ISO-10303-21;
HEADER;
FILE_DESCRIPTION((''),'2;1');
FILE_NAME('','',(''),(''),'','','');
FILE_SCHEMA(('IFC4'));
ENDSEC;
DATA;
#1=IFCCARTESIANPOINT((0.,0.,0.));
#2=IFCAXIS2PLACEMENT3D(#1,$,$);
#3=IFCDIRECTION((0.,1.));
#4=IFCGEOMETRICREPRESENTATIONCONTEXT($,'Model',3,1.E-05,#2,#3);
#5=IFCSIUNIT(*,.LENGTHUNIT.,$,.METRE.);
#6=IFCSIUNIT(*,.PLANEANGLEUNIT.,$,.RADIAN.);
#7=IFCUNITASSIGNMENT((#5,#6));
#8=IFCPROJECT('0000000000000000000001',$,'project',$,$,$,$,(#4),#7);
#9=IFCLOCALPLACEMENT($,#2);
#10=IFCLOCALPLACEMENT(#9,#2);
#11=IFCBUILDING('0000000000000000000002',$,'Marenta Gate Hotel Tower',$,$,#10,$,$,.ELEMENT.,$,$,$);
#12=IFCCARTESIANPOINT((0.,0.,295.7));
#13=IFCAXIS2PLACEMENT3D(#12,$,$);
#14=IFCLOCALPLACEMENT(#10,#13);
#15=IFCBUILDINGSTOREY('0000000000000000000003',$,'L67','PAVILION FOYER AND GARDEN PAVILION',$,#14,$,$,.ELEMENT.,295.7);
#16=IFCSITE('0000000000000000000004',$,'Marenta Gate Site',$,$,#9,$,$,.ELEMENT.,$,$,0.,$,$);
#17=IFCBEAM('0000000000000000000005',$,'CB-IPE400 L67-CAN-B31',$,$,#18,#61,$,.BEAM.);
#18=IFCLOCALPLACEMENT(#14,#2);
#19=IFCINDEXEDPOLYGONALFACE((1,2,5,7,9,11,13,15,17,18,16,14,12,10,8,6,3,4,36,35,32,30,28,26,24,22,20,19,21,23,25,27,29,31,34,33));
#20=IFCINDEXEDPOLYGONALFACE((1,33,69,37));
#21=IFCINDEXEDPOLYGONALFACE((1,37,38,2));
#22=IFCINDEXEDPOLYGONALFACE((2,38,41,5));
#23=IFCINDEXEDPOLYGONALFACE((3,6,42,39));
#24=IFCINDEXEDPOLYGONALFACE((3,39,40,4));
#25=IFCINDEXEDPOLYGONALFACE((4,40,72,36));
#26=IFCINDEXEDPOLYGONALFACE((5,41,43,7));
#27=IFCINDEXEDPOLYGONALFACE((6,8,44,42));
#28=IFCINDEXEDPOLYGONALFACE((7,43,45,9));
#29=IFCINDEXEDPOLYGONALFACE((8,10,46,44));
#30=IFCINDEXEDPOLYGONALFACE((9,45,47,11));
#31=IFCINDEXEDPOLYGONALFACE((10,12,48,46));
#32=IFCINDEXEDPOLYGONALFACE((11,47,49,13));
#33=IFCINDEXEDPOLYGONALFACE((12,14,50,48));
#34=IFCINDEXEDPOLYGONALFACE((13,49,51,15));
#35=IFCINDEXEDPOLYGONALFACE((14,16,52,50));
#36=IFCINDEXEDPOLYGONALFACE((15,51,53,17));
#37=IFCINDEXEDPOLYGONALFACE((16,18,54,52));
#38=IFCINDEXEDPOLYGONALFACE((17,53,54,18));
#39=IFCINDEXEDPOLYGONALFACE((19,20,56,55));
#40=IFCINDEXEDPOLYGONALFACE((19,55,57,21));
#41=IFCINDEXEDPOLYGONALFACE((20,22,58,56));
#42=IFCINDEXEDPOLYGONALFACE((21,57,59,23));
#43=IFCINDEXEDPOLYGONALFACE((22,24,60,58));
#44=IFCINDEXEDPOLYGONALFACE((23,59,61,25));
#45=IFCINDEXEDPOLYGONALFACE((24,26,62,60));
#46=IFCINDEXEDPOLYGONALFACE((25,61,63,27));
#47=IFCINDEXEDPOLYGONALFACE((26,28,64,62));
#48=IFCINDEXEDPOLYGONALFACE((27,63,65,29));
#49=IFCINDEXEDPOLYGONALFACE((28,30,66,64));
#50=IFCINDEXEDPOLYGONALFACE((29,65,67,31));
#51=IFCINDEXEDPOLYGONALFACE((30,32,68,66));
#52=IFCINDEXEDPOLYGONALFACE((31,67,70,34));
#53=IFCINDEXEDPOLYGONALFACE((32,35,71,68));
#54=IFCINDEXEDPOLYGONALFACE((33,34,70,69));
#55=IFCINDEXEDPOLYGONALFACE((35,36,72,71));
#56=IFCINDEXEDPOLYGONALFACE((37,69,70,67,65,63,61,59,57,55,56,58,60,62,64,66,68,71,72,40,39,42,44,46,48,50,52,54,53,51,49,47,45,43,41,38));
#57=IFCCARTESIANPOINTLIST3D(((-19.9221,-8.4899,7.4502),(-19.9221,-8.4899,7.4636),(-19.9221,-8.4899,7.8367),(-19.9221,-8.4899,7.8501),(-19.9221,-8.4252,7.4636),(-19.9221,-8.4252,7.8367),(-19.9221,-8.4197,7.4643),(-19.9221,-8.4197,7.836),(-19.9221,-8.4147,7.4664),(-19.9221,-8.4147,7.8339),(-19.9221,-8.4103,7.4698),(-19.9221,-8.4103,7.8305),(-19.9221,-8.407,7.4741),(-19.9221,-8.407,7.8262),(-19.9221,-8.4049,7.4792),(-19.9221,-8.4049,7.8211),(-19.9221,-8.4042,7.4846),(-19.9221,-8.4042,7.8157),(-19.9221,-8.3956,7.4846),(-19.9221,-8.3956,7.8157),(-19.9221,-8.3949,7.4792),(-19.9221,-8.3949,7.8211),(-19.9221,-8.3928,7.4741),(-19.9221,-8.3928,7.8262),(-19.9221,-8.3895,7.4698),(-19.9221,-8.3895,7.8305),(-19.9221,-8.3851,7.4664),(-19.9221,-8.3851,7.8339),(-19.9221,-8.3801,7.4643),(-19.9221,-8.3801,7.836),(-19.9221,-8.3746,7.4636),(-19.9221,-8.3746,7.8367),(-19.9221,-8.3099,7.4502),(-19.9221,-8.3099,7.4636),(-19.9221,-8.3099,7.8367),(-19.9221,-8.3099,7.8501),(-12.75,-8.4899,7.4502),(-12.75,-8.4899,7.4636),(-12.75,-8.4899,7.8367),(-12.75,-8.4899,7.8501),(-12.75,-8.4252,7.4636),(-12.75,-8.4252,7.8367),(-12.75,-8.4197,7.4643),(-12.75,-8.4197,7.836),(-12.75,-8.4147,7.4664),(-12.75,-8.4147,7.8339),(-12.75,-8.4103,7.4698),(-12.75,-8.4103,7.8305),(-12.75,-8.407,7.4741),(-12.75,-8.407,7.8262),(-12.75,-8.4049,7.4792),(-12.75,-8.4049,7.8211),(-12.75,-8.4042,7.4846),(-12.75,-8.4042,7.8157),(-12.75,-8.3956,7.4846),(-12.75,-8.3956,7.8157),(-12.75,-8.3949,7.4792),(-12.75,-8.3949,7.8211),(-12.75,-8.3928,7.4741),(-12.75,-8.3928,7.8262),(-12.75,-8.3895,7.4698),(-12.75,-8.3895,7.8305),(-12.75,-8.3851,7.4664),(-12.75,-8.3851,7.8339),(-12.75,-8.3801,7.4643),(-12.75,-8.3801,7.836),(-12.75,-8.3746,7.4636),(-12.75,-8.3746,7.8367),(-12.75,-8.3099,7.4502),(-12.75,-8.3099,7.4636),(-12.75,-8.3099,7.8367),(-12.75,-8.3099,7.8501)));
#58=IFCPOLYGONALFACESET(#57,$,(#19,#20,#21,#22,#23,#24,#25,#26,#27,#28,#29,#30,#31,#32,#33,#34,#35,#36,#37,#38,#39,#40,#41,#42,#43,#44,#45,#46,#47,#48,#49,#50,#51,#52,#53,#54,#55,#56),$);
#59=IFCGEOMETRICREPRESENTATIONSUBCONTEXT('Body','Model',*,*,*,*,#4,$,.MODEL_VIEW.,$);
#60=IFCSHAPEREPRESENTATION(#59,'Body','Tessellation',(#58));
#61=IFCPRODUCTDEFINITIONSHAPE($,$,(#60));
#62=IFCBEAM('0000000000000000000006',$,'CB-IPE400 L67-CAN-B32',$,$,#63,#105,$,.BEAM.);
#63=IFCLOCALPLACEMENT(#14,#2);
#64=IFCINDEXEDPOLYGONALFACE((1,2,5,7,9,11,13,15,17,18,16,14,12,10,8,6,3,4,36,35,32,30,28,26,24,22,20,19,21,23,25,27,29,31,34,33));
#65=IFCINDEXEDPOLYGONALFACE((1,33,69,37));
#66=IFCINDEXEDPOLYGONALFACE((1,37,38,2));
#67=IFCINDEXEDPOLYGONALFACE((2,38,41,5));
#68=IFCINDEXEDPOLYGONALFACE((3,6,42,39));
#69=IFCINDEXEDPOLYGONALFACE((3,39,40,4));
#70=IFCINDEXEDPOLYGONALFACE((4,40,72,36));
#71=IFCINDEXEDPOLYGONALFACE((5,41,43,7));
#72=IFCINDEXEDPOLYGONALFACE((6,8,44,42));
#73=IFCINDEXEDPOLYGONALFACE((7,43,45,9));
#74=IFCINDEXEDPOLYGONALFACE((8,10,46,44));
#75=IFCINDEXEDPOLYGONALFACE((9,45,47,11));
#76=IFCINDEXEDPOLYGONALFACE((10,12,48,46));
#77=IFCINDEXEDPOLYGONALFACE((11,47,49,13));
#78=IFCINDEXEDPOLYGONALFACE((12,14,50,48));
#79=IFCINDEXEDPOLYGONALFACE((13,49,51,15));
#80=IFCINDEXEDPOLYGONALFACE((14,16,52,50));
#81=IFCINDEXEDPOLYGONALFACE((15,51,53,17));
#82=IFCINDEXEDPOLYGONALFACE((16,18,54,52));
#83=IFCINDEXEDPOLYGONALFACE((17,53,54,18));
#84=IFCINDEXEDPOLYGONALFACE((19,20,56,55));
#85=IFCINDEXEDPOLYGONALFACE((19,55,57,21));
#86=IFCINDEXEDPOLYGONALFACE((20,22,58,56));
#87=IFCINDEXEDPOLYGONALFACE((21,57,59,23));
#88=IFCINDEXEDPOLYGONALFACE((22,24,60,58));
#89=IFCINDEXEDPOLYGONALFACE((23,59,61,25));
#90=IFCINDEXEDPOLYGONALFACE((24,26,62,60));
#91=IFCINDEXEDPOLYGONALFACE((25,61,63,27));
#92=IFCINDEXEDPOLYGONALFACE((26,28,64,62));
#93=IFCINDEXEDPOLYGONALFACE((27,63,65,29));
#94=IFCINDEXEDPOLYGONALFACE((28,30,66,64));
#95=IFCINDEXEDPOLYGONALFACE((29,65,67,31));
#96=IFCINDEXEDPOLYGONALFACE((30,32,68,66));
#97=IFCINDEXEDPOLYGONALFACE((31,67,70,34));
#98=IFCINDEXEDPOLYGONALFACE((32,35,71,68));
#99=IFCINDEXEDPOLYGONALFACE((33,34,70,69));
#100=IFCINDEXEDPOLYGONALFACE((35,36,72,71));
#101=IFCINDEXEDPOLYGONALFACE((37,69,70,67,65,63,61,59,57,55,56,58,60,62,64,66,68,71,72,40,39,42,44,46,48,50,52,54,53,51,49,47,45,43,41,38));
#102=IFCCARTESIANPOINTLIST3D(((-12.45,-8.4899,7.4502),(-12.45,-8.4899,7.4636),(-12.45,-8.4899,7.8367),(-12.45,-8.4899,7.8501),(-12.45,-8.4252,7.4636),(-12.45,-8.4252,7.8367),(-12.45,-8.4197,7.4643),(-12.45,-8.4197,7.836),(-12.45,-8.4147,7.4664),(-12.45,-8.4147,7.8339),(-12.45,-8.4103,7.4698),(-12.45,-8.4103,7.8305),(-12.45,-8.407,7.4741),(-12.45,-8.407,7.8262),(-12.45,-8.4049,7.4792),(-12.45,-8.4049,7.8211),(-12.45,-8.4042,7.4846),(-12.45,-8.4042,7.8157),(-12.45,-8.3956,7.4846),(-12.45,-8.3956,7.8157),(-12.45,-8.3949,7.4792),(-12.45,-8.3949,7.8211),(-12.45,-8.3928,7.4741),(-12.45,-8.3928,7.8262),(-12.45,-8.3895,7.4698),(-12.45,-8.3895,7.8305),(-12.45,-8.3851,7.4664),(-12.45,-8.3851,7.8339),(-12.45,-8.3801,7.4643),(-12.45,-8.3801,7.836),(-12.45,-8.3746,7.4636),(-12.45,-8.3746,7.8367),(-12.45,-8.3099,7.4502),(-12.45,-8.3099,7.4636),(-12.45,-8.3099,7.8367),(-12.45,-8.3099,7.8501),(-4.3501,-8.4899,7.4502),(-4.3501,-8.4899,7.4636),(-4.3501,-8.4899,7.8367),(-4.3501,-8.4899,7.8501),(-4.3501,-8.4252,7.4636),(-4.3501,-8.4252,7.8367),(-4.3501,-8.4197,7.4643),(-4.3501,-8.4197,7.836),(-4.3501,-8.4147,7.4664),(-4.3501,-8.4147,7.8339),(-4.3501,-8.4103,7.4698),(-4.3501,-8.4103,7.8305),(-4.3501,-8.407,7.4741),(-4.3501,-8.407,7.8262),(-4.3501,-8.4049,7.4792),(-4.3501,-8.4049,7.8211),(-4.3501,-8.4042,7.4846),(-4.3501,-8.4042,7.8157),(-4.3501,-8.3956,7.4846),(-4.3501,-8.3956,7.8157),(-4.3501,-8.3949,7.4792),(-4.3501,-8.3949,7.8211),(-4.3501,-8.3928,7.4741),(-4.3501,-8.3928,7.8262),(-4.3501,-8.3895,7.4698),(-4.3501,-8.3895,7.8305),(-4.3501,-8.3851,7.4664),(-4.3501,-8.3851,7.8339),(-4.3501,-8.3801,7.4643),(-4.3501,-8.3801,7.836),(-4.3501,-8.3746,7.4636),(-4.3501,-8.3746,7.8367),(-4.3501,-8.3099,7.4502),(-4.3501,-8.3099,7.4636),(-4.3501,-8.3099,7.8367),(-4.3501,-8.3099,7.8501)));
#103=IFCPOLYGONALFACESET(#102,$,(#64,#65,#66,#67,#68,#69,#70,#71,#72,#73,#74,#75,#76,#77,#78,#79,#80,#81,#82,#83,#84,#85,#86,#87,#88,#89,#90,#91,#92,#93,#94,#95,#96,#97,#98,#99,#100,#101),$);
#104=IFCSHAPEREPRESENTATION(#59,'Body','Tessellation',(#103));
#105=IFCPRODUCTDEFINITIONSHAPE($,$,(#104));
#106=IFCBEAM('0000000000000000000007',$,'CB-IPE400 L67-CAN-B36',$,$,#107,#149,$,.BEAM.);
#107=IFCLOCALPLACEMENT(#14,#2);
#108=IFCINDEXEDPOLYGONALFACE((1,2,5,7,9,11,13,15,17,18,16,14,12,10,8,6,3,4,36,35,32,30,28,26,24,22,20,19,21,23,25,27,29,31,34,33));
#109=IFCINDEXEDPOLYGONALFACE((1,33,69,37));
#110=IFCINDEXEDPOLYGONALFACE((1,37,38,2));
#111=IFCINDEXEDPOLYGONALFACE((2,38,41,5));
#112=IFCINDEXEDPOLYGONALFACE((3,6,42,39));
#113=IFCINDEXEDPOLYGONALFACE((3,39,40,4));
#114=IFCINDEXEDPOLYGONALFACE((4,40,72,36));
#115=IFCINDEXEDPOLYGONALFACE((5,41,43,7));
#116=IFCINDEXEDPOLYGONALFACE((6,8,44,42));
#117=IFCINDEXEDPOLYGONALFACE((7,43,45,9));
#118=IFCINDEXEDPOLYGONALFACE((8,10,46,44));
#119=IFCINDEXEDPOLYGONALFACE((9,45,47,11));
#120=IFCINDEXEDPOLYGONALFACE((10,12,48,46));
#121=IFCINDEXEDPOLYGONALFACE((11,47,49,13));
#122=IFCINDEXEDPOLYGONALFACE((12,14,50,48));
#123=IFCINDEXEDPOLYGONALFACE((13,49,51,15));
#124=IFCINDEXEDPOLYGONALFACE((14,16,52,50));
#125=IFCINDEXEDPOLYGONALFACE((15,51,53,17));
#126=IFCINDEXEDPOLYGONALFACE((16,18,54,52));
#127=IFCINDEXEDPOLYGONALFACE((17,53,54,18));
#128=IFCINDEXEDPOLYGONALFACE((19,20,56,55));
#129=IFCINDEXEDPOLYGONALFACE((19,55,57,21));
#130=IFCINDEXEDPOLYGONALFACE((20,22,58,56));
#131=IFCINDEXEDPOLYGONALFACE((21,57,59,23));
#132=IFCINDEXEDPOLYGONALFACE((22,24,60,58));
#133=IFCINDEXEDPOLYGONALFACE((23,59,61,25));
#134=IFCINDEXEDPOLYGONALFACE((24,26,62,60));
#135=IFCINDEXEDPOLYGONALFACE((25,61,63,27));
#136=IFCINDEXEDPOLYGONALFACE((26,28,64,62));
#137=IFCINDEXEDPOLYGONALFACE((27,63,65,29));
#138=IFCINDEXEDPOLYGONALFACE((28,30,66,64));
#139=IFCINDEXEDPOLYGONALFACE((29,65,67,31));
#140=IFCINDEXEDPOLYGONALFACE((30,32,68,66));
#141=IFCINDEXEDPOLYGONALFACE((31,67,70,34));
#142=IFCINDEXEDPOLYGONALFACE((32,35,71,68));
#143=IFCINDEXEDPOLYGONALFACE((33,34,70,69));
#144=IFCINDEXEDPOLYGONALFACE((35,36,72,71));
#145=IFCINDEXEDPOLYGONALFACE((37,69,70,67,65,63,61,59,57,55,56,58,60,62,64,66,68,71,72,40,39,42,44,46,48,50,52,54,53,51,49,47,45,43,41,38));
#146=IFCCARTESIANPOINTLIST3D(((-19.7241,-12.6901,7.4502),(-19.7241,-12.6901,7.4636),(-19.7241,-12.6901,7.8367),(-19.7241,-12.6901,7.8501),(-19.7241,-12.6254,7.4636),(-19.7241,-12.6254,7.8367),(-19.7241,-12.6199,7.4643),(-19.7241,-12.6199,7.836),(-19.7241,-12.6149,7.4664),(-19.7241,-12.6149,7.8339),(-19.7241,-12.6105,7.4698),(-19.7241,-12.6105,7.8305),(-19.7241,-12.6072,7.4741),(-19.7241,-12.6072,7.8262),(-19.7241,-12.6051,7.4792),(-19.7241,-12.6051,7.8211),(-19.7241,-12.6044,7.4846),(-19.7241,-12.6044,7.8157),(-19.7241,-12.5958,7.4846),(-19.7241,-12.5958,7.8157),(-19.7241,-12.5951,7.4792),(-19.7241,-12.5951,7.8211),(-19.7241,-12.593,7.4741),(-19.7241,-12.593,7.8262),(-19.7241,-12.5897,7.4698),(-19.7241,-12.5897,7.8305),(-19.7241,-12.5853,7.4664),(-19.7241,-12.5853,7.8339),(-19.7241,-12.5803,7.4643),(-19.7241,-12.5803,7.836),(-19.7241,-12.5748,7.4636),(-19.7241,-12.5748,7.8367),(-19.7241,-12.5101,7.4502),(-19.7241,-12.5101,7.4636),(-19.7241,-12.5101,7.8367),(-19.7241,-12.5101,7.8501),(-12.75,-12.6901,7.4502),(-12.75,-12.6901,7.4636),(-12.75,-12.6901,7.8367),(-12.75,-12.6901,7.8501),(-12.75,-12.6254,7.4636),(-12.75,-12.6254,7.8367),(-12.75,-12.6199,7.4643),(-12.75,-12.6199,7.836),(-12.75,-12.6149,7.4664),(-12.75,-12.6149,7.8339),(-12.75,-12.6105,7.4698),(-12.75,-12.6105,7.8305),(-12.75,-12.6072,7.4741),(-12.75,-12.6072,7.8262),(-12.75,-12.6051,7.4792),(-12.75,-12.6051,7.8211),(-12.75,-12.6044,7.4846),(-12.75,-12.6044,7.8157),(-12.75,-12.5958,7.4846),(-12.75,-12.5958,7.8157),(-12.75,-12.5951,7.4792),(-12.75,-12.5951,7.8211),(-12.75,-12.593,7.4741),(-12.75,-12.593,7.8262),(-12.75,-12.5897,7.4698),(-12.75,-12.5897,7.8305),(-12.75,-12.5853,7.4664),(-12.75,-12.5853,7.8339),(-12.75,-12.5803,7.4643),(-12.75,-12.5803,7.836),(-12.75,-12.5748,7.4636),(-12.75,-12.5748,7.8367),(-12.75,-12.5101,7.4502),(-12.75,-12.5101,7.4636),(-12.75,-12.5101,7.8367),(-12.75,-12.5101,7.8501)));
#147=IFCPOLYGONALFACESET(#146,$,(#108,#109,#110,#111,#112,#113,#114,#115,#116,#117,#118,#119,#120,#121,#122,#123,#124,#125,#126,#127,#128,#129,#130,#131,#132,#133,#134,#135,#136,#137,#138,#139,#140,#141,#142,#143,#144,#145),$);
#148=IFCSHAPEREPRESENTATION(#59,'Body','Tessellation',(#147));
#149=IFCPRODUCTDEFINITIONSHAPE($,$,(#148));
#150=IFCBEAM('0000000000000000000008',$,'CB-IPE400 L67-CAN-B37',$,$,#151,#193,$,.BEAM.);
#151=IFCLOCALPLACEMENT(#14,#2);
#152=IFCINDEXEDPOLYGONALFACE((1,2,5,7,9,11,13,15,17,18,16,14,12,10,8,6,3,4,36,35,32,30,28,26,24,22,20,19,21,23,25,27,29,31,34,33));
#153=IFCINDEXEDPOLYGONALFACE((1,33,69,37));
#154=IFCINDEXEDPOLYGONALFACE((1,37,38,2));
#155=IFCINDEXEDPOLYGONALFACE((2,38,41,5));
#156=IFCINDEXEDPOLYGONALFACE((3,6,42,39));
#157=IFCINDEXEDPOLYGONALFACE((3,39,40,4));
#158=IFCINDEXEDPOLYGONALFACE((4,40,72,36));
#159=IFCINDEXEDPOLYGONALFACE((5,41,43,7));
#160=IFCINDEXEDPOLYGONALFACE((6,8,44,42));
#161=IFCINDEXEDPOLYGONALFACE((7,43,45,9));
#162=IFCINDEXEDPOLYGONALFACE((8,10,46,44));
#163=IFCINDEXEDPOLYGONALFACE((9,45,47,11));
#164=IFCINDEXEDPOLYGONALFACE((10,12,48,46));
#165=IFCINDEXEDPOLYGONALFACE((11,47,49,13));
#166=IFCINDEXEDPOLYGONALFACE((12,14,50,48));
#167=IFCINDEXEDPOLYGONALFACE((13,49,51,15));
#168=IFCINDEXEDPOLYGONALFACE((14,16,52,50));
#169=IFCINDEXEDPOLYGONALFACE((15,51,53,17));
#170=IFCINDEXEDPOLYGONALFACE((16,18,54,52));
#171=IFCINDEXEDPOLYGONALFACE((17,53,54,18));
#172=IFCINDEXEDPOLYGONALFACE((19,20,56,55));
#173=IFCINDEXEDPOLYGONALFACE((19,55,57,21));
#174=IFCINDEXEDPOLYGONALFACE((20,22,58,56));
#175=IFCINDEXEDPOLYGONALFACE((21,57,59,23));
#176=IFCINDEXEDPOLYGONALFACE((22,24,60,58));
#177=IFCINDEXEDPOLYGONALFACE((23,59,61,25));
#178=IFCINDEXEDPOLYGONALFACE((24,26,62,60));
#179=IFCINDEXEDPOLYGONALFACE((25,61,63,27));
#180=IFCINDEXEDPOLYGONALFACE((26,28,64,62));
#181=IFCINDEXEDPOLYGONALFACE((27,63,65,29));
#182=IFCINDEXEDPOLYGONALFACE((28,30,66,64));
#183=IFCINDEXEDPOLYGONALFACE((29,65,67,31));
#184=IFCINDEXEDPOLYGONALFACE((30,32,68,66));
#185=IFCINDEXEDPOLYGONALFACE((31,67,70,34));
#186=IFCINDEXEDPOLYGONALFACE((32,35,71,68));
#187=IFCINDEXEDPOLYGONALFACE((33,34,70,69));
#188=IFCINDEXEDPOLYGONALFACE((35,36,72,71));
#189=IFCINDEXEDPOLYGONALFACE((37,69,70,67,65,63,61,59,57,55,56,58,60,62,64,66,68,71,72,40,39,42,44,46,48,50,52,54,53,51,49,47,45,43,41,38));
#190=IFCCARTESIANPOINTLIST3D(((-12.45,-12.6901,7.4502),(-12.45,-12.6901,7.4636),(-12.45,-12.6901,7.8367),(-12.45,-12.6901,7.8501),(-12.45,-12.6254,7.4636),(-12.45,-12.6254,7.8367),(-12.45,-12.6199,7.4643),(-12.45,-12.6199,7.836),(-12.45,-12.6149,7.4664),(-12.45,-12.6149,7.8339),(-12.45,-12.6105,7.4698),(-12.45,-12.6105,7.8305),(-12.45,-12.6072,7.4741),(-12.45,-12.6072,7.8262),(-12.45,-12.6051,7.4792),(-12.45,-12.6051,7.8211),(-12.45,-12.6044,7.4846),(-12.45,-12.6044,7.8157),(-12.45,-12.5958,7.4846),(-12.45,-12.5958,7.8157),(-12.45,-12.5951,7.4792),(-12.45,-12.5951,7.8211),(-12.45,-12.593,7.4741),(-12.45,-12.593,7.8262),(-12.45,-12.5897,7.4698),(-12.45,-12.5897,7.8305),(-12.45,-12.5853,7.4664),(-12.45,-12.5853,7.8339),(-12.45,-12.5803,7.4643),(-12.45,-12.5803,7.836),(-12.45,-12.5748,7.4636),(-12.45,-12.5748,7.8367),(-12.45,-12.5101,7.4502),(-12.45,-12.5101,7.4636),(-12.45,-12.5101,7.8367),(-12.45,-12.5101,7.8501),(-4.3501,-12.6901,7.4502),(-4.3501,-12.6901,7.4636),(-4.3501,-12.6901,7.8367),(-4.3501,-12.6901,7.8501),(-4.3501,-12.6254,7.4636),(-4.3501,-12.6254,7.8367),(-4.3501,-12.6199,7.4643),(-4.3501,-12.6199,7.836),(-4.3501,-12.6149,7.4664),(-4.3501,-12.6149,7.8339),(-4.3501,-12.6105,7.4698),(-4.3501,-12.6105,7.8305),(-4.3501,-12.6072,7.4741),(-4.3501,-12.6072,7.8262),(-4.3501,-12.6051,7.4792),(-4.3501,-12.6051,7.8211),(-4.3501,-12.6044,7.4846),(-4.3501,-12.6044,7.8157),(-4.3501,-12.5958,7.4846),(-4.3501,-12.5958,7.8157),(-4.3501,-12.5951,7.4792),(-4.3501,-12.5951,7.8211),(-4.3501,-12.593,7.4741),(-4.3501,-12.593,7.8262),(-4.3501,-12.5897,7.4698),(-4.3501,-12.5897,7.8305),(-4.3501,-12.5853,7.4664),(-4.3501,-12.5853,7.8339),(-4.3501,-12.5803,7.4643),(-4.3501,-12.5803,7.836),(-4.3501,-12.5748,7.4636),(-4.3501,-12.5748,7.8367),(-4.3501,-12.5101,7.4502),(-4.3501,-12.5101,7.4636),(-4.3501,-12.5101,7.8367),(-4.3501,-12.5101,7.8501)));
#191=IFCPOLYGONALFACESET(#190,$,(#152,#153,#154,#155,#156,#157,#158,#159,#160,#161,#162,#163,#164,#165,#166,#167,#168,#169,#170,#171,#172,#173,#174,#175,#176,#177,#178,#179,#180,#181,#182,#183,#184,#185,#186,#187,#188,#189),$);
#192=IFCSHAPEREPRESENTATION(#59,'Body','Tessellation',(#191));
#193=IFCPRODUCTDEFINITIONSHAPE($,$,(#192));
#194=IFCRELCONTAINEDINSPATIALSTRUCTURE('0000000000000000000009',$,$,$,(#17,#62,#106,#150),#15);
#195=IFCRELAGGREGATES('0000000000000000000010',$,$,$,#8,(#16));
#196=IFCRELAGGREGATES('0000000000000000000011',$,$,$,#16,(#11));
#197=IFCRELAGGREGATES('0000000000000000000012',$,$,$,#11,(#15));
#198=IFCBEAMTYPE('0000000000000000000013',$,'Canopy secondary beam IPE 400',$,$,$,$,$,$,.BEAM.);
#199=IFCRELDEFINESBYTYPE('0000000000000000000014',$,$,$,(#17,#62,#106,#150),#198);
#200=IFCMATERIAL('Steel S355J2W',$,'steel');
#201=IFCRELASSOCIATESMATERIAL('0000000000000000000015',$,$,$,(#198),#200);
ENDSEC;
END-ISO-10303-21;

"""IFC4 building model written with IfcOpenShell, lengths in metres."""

from ifc_helpers import new_model, si_unit, direction, frame, origin, origin_2d, place, context, subcontext, project, spatial, i_section, extrude, material, material_profile, profile_set, type_object, element, save


model = new_model("IFC4")

# Units and contexts
model_context = context("Model", 3, precision=1e-05, world=origin(), true_north=direction((0.0, 1.0)))
body_context = subcontext(model_context, "Body", "Model", "MODEL_VIEW")
ifc_project = project(units=[si_unit("LENGTHUNIT", "METRE"), si_unit("PLANEANGLEUNIT", "RADIAN")], contexts=[model_context])

# Site, building, storey
site_placement = place(None, origin())
site = spatial("IfcSite", under=ifc_project, at=site_placement, Name="Marenta Gate Site", CompositionType="ELEMENT", RefElevation=0.0)
building_placement = place(site_placement, origin())
building = spatial("IfcBuilding", under=site, at=building_placement, Name="Marenta Gate Hotel Tower", CompositionType="ELEMENT")
storey_placement = place(building_placement, frame((0.0, 0.0, 295.7)))
storey = spatial("IfcBuildingStorey", under=building, at=storey_placement, Name="L67", Description="PAVILION FOYER AND GARDEN PAVILION", CompositionType="ELEMENT", Elevation=295.7)

# Beams
ifc_material_1 = material(Name="Steel S355J2W", Category="steel")
ifc_material_profile_1 = material_profile(ifc_material_1, i_section(OverallWidth=0.1799, OverallDepth=0.3999, WebThickness=0.0085, FlangeThickness=0.0134, FilletRadius=0.021, at=origin_2d()), Name="IPE 400")
ifc_profile_set_1 = profile_set([ifc_material_profile_1], Name="Steel S355J2W")
beam_type_1 = type_object("IfcBeamType", Name="Canopy secondary beam IPE 400", PredefinedType="BEAM", material=ifc_profile_set_1)
beam_1_placement = place(storey_placement, frame((-19.9221, -8.3999, 7.6501), z_axis=(1.0, 0.0, 0.0), x_axis=(0.0, 1.0, 0.0)))
element("IfcBeam", 1, at=beam_1_placement, inside=storey, type_object=beam_type_1, Name="CB-IPE400 L67-CAN-B31", PredefinedType="BEAM", context=body_context, shape_type="SweptSolid", body=[
    extrude(i_section(OverallWidth=0.1799, OverallDepth=0.3999, WebThickness=0.0085, FlangeThickness=0.0134, FilletRadius=0.021, at=origin_2d()), origin(), (0.0, 0.0, 1.0), 7.1721),
])
beam_2_placement = place(storey_placement, frame((-12.45, -8.3999, 7.6501), z_axis=(1.0, 0.0, 0.0), x_axis=(0.0, 1.0, 0.0)))
element("IfcBeam", 2, at=beam_2_placement, inside=storey, type_object=beam_type_1, Name="CB-IPE400 L67-CAN-B32", PredefinedType="BEAM", context=body_context, shape_type="SweptSolid", body=[
    extrude(i_section(OverallWidth=0.1799, OverallDepth=0.3999, WebThickness=0.0085, FlangeThickness=0.0134, FilletRadius=0.021, at=origin_2d()), origin(), (0.0, 0.0, 1.0), 8.0999),
])
beam_3_placement = place(storey_placement, frame((-19.7241, -12.6001, 7.6501), z_axis=(1.0, 0.0, 0.0), x_axis=(0.0, 1.0, 0.0)))
element("IfcBeam", 3, at=beam_3_placement, inside=storey, type_object=beam_type_1, Name="CB-IPE400 L67-CAN-B36", PredefinedType="BEAM", context=body_context, shape_type="SweptSolid", body=[
    extrude(i_section(OverallWidth=0.1799, OverallDepth=0.3999, WebThickness=0.0085, FlangeThickness=0.0134, FilletRadius=0.021, at=origin_2d()), origin(), (0.0, 0.0, 1.0), 6.9741),
])
for number, where, z_axis, x_axis, name in (
    (4, (-12.45, -12.6001, 7.6501), (1.0, 0.0, 0.0), (0.0, 1.0, 0.0), "CB-IPE400 L67-CAN-B37"),
):
    element("IfcBeam", number, at=place(storey_placement, frame(where, z_axis=z_axis, x_axis=x_axis)), inside=storey, type_object=beam_type_1, Name=name, PredefinedType="BEAM", context=body_context, shape_type="SweptSolid", body=[
        extrude(i_section(OverallWidth=0.1799, OverallDepth=0.3999, WebThickness=0.0085, FlangeThickness=0.0134, FilletRadius=0.021, at=origin_2d()), origin(), (0.0, 0.0, 1.0), 8.0999),
    ])

save(model, "model.ifc")
